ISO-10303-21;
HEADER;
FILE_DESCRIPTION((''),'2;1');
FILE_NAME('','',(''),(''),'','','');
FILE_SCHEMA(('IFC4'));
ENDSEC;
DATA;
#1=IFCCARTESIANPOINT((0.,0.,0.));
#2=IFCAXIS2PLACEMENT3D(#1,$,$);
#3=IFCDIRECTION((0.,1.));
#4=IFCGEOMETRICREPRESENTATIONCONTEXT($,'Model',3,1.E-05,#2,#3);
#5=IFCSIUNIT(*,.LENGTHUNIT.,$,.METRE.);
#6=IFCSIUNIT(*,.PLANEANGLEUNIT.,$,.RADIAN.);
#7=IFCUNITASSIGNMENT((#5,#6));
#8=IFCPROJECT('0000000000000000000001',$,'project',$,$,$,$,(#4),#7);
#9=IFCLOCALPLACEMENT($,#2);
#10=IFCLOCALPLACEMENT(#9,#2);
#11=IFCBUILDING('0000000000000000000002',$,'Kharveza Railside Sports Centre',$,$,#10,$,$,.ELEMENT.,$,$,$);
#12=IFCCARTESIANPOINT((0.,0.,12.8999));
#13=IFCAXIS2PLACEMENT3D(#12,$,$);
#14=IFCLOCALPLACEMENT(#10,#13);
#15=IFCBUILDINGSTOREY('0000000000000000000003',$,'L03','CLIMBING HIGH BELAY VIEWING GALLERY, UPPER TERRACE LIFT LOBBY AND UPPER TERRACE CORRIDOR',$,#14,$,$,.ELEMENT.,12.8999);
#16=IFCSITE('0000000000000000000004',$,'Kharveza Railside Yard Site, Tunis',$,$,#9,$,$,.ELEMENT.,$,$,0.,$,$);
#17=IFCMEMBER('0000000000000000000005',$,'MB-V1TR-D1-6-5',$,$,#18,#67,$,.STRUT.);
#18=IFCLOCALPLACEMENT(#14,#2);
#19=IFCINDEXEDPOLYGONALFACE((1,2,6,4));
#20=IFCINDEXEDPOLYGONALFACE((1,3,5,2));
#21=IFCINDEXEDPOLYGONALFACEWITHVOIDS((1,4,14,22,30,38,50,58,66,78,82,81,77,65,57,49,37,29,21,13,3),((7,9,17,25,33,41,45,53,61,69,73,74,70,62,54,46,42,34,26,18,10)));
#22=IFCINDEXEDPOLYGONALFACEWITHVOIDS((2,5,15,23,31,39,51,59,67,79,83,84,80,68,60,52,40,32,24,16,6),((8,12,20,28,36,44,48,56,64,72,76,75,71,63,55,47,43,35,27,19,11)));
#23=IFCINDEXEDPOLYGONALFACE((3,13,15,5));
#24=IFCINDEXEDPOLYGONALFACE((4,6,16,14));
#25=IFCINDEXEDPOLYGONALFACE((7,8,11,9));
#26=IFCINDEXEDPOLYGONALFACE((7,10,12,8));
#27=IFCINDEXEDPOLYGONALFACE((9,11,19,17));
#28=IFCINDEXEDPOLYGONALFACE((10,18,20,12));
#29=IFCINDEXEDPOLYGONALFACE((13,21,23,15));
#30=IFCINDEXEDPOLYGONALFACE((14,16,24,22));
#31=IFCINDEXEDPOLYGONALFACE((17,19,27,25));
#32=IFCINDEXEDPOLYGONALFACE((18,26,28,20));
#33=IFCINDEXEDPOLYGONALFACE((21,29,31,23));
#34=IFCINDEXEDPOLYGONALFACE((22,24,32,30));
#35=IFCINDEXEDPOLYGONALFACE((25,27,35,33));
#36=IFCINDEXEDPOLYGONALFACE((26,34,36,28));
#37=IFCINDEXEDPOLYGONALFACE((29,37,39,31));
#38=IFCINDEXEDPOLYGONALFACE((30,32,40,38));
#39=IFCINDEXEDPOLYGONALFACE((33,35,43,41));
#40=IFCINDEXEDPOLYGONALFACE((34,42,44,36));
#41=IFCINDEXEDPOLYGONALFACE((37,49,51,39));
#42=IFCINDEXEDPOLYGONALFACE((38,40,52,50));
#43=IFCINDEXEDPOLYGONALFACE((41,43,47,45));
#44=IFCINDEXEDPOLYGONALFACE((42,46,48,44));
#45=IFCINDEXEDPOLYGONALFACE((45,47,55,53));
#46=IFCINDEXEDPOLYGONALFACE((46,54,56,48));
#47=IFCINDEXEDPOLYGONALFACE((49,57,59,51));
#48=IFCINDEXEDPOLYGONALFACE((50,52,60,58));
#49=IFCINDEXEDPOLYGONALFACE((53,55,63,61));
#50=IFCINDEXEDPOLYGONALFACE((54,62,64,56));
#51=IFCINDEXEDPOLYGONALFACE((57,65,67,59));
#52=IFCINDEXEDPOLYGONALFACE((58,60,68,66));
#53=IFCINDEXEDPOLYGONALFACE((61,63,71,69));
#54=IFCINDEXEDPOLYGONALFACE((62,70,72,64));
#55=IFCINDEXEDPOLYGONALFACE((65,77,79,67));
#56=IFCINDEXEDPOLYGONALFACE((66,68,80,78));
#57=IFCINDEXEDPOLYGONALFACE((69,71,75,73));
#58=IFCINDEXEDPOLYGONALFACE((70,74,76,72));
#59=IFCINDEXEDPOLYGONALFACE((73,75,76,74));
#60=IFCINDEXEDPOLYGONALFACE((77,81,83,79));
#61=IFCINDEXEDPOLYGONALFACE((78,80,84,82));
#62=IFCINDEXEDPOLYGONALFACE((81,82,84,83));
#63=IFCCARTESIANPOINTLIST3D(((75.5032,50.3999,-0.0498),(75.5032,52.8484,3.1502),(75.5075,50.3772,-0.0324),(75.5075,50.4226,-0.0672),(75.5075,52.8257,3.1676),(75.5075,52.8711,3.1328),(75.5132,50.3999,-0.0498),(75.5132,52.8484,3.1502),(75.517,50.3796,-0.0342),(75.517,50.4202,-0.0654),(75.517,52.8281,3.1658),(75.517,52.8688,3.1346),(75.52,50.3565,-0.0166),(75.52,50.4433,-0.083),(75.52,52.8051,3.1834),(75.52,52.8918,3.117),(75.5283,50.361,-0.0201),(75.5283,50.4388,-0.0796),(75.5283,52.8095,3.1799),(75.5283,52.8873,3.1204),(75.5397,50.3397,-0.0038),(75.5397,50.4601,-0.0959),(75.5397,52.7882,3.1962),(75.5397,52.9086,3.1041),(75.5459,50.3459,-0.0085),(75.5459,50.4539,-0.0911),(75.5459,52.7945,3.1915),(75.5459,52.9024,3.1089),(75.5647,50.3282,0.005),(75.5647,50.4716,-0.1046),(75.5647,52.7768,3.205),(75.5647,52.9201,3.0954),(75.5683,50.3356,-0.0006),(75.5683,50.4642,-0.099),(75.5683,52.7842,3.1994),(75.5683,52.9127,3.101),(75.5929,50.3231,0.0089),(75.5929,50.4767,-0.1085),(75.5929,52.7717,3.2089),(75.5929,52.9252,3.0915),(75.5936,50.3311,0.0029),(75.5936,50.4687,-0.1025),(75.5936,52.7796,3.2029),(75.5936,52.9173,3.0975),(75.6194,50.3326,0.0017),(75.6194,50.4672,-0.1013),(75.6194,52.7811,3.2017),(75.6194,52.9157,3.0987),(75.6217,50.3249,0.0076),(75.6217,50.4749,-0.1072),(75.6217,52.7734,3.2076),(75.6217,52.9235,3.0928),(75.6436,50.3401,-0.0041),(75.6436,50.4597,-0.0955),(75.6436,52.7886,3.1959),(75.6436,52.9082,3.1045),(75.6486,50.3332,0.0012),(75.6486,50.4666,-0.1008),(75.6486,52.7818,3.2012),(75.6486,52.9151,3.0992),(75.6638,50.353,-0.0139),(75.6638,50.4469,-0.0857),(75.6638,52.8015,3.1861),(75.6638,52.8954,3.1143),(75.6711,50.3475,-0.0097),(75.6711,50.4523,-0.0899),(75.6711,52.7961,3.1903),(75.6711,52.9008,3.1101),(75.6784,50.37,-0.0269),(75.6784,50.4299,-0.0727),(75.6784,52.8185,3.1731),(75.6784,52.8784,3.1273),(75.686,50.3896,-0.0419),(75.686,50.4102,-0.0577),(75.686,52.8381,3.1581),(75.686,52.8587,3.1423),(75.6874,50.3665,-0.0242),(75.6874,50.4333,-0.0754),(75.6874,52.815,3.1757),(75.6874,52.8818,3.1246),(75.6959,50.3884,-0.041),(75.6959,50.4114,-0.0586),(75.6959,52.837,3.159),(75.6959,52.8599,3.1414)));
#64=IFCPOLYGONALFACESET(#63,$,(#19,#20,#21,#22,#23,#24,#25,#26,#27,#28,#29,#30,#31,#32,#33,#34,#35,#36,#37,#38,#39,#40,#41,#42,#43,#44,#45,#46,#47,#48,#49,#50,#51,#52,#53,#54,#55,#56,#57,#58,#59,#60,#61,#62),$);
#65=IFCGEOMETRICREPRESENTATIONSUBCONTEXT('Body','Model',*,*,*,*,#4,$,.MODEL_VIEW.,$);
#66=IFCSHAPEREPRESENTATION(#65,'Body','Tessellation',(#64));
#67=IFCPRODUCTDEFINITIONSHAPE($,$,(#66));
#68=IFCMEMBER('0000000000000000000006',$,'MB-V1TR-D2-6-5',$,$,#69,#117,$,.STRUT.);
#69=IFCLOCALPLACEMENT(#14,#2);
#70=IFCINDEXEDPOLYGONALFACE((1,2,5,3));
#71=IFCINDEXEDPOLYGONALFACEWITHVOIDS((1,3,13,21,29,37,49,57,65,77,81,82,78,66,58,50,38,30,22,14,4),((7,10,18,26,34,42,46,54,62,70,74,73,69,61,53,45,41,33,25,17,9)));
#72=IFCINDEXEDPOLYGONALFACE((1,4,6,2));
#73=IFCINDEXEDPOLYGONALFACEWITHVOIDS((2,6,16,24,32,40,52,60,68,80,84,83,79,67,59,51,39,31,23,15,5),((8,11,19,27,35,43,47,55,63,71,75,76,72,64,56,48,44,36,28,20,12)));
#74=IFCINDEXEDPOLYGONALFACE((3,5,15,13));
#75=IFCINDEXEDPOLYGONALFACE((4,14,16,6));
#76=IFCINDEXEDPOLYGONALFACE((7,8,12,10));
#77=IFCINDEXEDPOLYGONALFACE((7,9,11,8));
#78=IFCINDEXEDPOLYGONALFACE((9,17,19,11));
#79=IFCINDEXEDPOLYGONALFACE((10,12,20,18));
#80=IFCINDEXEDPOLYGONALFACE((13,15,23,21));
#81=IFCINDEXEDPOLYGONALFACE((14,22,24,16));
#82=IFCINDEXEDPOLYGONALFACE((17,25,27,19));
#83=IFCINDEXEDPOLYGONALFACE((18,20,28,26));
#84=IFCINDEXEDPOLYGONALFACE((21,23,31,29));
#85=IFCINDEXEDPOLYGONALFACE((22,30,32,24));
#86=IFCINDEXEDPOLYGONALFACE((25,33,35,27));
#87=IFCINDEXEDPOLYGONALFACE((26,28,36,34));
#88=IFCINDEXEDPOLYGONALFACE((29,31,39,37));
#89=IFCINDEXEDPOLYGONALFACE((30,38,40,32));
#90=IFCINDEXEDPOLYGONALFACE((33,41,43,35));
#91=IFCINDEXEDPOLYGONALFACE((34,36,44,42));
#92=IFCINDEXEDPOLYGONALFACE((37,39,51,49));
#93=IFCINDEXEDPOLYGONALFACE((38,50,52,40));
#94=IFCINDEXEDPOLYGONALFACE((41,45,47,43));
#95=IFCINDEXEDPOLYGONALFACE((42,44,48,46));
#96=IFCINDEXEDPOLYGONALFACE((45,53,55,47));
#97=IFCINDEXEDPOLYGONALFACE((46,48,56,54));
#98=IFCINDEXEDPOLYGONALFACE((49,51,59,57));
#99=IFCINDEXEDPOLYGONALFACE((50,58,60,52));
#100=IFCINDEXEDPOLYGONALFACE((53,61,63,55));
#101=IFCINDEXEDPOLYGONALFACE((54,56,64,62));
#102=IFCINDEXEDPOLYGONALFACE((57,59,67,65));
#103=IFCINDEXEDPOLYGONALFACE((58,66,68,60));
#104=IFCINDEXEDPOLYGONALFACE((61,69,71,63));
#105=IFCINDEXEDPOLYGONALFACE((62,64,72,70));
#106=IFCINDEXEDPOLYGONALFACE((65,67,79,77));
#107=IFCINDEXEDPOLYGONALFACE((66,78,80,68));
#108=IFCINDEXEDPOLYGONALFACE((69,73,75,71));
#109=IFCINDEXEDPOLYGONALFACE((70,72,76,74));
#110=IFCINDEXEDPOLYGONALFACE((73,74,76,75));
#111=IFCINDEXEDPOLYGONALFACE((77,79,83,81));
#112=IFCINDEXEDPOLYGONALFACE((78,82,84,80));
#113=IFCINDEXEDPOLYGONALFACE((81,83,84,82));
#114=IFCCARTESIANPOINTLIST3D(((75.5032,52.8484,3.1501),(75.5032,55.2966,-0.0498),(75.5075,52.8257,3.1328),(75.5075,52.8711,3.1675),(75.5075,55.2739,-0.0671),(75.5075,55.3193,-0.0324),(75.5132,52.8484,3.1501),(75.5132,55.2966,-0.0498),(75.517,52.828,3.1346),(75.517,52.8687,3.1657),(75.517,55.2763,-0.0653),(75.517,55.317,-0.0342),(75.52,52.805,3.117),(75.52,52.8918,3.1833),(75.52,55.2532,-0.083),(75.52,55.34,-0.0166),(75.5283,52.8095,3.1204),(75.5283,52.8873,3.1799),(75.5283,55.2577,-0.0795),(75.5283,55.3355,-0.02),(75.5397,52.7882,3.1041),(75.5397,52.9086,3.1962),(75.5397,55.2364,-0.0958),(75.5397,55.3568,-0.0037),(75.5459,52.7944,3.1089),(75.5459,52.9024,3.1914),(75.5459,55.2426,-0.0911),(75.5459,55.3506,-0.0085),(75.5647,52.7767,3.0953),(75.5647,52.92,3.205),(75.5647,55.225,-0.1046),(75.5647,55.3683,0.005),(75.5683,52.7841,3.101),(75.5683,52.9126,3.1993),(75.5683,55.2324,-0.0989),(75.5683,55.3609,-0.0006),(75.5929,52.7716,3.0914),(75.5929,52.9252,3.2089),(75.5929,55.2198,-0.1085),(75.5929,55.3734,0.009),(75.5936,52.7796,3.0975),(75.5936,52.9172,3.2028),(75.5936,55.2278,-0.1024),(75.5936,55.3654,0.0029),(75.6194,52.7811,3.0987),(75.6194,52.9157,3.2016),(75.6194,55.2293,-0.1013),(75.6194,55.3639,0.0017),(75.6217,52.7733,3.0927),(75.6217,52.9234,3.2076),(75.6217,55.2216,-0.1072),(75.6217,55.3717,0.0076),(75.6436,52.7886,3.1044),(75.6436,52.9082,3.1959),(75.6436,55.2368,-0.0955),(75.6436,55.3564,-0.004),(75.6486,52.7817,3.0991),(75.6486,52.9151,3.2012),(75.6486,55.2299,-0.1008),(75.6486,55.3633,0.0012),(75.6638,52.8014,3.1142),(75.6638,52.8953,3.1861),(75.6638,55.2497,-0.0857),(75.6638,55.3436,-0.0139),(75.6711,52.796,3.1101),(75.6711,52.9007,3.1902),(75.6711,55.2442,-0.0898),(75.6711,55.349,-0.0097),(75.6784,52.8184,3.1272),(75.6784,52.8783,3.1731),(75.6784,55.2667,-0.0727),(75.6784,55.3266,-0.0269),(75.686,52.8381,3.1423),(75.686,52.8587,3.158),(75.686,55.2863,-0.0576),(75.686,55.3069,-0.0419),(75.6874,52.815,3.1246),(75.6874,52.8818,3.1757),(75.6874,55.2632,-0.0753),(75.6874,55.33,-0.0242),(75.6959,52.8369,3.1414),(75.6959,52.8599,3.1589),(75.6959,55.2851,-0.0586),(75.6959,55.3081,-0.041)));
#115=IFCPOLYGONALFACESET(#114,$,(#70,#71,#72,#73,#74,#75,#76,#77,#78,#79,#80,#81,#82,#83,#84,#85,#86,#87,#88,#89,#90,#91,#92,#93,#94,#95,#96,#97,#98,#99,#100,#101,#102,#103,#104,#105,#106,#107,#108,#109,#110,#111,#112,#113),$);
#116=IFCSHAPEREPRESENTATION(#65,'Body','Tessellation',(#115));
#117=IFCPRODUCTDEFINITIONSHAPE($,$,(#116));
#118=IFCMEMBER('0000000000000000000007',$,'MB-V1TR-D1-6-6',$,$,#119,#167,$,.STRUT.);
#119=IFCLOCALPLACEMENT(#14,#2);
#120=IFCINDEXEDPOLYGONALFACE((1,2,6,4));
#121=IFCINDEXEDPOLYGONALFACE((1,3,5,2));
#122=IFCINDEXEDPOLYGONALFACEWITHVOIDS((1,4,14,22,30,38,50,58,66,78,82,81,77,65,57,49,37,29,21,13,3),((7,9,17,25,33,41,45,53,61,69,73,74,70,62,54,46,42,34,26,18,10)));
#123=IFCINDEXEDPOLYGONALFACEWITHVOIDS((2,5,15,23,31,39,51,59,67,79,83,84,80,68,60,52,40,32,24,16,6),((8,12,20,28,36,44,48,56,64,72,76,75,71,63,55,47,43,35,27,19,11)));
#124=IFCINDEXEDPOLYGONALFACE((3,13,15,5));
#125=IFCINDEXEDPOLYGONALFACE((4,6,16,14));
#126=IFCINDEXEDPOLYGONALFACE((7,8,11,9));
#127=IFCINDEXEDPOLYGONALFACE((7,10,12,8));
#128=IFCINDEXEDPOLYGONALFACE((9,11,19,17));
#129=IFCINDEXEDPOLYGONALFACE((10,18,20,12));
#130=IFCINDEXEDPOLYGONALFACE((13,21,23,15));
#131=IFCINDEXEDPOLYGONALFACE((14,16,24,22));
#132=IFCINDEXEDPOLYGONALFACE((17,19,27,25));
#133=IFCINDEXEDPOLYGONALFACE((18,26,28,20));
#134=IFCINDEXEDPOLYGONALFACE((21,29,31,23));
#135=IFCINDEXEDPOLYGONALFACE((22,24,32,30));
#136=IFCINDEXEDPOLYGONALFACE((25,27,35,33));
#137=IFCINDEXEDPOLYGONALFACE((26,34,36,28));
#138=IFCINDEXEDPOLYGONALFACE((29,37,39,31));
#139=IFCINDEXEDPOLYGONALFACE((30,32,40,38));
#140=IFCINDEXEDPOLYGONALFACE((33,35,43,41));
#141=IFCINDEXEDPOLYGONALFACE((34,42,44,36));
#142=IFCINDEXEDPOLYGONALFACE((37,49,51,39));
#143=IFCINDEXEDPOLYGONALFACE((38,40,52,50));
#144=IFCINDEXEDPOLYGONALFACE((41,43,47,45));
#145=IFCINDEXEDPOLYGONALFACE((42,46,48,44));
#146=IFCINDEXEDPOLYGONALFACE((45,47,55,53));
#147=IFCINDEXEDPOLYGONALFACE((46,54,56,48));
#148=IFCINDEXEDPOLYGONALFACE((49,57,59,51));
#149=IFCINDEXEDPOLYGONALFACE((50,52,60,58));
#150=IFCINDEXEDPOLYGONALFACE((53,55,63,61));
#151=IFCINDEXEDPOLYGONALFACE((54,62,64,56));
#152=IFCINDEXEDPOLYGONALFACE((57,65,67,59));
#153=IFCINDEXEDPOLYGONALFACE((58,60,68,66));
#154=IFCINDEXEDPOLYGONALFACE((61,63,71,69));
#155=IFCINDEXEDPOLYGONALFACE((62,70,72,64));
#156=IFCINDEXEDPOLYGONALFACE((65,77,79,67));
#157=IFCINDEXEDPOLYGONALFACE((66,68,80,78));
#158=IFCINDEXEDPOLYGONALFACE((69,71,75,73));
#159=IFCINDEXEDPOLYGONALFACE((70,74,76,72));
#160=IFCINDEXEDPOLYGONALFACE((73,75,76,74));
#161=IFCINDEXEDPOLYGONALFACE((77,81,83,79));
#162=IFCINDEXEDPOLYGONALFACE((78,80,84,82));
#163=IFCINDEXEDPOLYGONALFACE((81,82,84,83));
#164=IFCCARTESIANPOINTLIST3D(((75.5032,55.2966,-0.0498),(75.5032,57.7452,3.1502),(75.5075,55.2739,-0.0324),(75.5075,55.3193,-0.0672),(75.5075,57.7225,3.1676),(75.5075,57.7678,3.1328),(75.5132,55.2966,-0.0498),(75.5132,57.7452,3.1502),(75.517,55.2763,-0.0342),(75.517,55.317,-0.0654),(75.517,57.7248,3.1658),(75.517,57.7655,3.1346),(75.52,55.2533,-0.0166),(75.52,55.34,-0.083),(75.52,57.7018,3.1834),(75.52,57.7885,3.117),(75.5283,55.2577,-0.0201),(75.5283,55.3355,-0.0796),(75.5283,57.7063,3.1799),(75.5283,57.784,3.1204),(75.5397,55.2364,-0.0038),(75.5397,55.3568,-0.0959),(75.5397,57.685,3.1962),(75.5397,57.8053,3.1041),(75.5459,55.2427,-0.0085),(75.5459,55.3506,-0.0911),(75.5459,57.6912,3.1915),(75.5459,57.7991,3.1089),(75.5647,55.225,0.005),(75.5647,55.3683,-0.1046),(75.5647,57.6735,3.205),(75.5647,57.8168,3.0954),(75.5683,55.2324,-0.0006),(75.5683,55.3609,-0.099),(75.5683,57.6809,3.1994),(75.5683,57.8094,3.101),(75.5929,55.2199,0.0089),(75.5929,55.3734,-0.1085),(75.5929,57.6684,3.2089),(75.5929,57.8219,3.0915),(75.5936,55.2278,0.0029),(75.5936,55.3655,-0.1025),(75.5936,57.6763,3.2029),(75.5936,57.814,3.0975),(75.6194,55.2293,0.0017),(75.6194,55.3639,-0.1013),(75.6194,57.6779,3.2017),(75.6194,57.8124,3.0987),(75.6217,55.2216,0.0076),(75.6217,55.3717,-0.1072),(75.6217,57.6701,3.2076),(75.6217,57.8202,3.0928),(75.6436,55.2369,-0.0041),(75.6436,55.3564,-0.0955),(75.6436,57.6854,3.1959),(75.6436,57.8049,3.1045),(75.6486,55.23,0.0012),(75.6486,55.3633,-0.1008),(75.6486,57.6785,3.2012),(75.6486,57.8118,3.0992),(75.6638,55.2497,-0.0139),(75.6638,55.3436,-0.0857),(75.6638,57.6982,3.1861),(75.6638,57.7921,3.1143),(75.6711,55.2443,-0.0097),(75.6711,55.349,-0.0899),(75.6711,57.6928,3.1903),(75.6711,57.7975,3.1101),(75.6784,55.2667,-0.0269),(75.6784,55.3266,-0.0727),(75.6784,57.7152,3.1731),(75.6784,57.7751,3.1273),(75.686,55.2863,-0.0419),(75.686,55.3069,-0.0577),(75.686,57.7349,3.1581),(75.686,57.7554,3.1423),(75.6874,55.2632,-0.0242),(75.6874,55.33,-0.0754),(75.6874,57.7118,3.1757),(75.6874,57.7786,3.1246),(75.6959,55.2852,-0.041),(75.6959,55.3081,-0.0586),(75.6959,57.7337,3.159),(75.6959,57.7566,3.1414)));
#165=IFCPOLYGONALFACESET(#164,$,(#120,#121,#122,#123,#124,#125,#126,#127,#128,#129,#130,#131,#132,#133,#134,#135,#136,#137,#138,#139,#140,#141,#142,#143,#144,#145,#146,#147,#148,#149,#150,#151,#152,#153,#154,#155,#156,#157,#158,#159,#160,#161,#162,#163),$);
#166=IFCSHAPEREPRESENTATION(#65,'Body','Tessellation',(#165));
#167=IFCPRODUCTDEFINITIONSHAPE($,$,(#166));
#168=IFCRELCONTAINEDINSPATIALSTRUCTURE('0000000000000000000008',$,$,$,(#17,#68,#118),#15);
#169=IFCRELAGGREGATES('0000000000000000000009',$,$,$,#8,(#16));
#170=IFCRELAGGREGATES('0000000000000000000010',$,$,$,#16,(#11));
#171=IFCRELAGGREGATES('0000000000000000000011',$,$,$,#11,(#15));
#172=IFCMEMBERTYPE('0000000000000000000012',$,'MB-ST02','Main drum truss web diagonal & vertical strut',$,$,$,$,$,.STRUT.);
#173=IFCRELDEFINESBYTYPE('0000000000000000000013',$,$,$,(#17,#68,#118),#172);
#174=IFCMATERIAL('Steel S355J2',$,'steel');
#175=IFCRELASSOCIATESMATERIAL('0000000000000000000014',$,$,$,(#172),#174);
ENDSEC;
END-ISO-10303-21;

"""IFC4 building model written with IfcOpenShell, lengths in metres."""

from ifc_helpers import new_model, si_unit, direction, frame, origin, origin_2d, place, context, subcontext, project, spatial, hollow_circle, extrude, material, material_profile, profile_set, type_object, element, save


model = new_model("IFC4")

# Units and contexts
model_context = context("Model", 3, precision=1e-05, world=origin(), true_north=direction((0.0, 1.0)))
body_context = subcontext(model_context, "Body", "Model", "MODEL_VIEW")
ifc_project = project(units=[si_unit("LENGTHUNIT", "METRE"), si_unit("PLANEANGLEUNIT", "RADIAN")], contexts=[model_context])

# Site, building, storey
site_placement = place(None, origin())
site = spatial("IfcSite", under=ifc_project, at=site_placement, Name="Kharveza Railside Yard Site, Tunis", CompositionType="ELEMENT", RefElevation=0.0)
building_placement = place(site_placement, origin())
building = spatial("IfcBuilding", under=site, at=building_placement, Name="Kharveza Railside Sports Centre", CompositionType="ELEMENT")
storey_placement = place(building_placement, frame((0.0, 0.0, 12.8999)))
storey = spatial("IfcBuildingStorey", under=building, at=storey_placement, Name="L03", Description="CLIMBING HIGH BELAY VIEWING GALLERY, UPPER TERRACE LIFT LOBBY AND UPPER TERRACE CORRIDOR", CompositionType="ELEMENT", Elevation=12.8999)

# Shared definitions
ifc_material_1 = material(Name="Steel S355J2", Category="steel")

# Members
ifc_material_profile_1 = material_profile(ifc_material_1, hollow_circle(Radius=0.0969, WallThickness=0.01, at=origin_2d()), Name="CHS 193.7x10.0")
ifc_profile_set_1 = profile_set([ifc_material_profile_1], Name="Steel S355J2")
member_type_1 = type_object("IfcMemberType", Name="MB-ST02", Description="Main drum truss web diagonal & vertical strut", PredefinedType="STRUT", material=ifc_profile_set_1)
member_1_placement = place(storey_placement, frame((75.6001, 50.3999, -0.0498), z_axis=(0.0, 0.607679, 0.794182), x_axis=(-1.0, 0.0, 0.0)))
element("IfcMember", 1, at=member_1_placement, inside=storey, type_object=member_type_1, Name="MB-V1TR-D1-6-5", PredefinedType="STRUT", context=body_context, shape_type="SweptSolid", body=[
    extrude(hollow_circle(Radius=0.0969, WallThickness=0.01, at=origin_2d()), origin(), (0.0, 0.0, 1.0), 4.0293),
])
member_2_placement = place(storey_placement, frame((75.6001, 52.8484, 3.1501), z_axis=(0.0, 0.607641, -0.794212), x_axis=(-1.0, 0.0, 0.0)))
element("IfcMember", 2, at=member_2_placement, inside=storey, type_object=member_type_1, Name="MB-V1TR-D2-6-5", PredefinedType="STRUT", context=body_context, shape_type="SweptSolid", body=[
    extrude(hollow_circle(Radius=0.0969, WallThickness=0.01, at=origin_2d()), origin(), (0.0, 0.0, 1.0), 4.0291),
])
member_3_placement = place(storey_placement, frame((75.6001, 55.2966, -0.0498), z_axis=(0.0, 0.607679, 0.794182), x_axis=(-1.0, 0.0, 0.0)))
element("IfcMember", 3, at=member_3_placement, inside=storey, type_object=member_type_1, Name="MB-V1TR-D1-6-6", PredefinedType="STRUT", context=body_context, shape_type="SweptSolid", body=[
    extrude(hollow_circle(Radius=0.0969, WallThickness=0.01, at=origin_2d()), origin(), (0.0, 0.0, 1.0), 4.0293),
])

save(model, "model.ifc")
